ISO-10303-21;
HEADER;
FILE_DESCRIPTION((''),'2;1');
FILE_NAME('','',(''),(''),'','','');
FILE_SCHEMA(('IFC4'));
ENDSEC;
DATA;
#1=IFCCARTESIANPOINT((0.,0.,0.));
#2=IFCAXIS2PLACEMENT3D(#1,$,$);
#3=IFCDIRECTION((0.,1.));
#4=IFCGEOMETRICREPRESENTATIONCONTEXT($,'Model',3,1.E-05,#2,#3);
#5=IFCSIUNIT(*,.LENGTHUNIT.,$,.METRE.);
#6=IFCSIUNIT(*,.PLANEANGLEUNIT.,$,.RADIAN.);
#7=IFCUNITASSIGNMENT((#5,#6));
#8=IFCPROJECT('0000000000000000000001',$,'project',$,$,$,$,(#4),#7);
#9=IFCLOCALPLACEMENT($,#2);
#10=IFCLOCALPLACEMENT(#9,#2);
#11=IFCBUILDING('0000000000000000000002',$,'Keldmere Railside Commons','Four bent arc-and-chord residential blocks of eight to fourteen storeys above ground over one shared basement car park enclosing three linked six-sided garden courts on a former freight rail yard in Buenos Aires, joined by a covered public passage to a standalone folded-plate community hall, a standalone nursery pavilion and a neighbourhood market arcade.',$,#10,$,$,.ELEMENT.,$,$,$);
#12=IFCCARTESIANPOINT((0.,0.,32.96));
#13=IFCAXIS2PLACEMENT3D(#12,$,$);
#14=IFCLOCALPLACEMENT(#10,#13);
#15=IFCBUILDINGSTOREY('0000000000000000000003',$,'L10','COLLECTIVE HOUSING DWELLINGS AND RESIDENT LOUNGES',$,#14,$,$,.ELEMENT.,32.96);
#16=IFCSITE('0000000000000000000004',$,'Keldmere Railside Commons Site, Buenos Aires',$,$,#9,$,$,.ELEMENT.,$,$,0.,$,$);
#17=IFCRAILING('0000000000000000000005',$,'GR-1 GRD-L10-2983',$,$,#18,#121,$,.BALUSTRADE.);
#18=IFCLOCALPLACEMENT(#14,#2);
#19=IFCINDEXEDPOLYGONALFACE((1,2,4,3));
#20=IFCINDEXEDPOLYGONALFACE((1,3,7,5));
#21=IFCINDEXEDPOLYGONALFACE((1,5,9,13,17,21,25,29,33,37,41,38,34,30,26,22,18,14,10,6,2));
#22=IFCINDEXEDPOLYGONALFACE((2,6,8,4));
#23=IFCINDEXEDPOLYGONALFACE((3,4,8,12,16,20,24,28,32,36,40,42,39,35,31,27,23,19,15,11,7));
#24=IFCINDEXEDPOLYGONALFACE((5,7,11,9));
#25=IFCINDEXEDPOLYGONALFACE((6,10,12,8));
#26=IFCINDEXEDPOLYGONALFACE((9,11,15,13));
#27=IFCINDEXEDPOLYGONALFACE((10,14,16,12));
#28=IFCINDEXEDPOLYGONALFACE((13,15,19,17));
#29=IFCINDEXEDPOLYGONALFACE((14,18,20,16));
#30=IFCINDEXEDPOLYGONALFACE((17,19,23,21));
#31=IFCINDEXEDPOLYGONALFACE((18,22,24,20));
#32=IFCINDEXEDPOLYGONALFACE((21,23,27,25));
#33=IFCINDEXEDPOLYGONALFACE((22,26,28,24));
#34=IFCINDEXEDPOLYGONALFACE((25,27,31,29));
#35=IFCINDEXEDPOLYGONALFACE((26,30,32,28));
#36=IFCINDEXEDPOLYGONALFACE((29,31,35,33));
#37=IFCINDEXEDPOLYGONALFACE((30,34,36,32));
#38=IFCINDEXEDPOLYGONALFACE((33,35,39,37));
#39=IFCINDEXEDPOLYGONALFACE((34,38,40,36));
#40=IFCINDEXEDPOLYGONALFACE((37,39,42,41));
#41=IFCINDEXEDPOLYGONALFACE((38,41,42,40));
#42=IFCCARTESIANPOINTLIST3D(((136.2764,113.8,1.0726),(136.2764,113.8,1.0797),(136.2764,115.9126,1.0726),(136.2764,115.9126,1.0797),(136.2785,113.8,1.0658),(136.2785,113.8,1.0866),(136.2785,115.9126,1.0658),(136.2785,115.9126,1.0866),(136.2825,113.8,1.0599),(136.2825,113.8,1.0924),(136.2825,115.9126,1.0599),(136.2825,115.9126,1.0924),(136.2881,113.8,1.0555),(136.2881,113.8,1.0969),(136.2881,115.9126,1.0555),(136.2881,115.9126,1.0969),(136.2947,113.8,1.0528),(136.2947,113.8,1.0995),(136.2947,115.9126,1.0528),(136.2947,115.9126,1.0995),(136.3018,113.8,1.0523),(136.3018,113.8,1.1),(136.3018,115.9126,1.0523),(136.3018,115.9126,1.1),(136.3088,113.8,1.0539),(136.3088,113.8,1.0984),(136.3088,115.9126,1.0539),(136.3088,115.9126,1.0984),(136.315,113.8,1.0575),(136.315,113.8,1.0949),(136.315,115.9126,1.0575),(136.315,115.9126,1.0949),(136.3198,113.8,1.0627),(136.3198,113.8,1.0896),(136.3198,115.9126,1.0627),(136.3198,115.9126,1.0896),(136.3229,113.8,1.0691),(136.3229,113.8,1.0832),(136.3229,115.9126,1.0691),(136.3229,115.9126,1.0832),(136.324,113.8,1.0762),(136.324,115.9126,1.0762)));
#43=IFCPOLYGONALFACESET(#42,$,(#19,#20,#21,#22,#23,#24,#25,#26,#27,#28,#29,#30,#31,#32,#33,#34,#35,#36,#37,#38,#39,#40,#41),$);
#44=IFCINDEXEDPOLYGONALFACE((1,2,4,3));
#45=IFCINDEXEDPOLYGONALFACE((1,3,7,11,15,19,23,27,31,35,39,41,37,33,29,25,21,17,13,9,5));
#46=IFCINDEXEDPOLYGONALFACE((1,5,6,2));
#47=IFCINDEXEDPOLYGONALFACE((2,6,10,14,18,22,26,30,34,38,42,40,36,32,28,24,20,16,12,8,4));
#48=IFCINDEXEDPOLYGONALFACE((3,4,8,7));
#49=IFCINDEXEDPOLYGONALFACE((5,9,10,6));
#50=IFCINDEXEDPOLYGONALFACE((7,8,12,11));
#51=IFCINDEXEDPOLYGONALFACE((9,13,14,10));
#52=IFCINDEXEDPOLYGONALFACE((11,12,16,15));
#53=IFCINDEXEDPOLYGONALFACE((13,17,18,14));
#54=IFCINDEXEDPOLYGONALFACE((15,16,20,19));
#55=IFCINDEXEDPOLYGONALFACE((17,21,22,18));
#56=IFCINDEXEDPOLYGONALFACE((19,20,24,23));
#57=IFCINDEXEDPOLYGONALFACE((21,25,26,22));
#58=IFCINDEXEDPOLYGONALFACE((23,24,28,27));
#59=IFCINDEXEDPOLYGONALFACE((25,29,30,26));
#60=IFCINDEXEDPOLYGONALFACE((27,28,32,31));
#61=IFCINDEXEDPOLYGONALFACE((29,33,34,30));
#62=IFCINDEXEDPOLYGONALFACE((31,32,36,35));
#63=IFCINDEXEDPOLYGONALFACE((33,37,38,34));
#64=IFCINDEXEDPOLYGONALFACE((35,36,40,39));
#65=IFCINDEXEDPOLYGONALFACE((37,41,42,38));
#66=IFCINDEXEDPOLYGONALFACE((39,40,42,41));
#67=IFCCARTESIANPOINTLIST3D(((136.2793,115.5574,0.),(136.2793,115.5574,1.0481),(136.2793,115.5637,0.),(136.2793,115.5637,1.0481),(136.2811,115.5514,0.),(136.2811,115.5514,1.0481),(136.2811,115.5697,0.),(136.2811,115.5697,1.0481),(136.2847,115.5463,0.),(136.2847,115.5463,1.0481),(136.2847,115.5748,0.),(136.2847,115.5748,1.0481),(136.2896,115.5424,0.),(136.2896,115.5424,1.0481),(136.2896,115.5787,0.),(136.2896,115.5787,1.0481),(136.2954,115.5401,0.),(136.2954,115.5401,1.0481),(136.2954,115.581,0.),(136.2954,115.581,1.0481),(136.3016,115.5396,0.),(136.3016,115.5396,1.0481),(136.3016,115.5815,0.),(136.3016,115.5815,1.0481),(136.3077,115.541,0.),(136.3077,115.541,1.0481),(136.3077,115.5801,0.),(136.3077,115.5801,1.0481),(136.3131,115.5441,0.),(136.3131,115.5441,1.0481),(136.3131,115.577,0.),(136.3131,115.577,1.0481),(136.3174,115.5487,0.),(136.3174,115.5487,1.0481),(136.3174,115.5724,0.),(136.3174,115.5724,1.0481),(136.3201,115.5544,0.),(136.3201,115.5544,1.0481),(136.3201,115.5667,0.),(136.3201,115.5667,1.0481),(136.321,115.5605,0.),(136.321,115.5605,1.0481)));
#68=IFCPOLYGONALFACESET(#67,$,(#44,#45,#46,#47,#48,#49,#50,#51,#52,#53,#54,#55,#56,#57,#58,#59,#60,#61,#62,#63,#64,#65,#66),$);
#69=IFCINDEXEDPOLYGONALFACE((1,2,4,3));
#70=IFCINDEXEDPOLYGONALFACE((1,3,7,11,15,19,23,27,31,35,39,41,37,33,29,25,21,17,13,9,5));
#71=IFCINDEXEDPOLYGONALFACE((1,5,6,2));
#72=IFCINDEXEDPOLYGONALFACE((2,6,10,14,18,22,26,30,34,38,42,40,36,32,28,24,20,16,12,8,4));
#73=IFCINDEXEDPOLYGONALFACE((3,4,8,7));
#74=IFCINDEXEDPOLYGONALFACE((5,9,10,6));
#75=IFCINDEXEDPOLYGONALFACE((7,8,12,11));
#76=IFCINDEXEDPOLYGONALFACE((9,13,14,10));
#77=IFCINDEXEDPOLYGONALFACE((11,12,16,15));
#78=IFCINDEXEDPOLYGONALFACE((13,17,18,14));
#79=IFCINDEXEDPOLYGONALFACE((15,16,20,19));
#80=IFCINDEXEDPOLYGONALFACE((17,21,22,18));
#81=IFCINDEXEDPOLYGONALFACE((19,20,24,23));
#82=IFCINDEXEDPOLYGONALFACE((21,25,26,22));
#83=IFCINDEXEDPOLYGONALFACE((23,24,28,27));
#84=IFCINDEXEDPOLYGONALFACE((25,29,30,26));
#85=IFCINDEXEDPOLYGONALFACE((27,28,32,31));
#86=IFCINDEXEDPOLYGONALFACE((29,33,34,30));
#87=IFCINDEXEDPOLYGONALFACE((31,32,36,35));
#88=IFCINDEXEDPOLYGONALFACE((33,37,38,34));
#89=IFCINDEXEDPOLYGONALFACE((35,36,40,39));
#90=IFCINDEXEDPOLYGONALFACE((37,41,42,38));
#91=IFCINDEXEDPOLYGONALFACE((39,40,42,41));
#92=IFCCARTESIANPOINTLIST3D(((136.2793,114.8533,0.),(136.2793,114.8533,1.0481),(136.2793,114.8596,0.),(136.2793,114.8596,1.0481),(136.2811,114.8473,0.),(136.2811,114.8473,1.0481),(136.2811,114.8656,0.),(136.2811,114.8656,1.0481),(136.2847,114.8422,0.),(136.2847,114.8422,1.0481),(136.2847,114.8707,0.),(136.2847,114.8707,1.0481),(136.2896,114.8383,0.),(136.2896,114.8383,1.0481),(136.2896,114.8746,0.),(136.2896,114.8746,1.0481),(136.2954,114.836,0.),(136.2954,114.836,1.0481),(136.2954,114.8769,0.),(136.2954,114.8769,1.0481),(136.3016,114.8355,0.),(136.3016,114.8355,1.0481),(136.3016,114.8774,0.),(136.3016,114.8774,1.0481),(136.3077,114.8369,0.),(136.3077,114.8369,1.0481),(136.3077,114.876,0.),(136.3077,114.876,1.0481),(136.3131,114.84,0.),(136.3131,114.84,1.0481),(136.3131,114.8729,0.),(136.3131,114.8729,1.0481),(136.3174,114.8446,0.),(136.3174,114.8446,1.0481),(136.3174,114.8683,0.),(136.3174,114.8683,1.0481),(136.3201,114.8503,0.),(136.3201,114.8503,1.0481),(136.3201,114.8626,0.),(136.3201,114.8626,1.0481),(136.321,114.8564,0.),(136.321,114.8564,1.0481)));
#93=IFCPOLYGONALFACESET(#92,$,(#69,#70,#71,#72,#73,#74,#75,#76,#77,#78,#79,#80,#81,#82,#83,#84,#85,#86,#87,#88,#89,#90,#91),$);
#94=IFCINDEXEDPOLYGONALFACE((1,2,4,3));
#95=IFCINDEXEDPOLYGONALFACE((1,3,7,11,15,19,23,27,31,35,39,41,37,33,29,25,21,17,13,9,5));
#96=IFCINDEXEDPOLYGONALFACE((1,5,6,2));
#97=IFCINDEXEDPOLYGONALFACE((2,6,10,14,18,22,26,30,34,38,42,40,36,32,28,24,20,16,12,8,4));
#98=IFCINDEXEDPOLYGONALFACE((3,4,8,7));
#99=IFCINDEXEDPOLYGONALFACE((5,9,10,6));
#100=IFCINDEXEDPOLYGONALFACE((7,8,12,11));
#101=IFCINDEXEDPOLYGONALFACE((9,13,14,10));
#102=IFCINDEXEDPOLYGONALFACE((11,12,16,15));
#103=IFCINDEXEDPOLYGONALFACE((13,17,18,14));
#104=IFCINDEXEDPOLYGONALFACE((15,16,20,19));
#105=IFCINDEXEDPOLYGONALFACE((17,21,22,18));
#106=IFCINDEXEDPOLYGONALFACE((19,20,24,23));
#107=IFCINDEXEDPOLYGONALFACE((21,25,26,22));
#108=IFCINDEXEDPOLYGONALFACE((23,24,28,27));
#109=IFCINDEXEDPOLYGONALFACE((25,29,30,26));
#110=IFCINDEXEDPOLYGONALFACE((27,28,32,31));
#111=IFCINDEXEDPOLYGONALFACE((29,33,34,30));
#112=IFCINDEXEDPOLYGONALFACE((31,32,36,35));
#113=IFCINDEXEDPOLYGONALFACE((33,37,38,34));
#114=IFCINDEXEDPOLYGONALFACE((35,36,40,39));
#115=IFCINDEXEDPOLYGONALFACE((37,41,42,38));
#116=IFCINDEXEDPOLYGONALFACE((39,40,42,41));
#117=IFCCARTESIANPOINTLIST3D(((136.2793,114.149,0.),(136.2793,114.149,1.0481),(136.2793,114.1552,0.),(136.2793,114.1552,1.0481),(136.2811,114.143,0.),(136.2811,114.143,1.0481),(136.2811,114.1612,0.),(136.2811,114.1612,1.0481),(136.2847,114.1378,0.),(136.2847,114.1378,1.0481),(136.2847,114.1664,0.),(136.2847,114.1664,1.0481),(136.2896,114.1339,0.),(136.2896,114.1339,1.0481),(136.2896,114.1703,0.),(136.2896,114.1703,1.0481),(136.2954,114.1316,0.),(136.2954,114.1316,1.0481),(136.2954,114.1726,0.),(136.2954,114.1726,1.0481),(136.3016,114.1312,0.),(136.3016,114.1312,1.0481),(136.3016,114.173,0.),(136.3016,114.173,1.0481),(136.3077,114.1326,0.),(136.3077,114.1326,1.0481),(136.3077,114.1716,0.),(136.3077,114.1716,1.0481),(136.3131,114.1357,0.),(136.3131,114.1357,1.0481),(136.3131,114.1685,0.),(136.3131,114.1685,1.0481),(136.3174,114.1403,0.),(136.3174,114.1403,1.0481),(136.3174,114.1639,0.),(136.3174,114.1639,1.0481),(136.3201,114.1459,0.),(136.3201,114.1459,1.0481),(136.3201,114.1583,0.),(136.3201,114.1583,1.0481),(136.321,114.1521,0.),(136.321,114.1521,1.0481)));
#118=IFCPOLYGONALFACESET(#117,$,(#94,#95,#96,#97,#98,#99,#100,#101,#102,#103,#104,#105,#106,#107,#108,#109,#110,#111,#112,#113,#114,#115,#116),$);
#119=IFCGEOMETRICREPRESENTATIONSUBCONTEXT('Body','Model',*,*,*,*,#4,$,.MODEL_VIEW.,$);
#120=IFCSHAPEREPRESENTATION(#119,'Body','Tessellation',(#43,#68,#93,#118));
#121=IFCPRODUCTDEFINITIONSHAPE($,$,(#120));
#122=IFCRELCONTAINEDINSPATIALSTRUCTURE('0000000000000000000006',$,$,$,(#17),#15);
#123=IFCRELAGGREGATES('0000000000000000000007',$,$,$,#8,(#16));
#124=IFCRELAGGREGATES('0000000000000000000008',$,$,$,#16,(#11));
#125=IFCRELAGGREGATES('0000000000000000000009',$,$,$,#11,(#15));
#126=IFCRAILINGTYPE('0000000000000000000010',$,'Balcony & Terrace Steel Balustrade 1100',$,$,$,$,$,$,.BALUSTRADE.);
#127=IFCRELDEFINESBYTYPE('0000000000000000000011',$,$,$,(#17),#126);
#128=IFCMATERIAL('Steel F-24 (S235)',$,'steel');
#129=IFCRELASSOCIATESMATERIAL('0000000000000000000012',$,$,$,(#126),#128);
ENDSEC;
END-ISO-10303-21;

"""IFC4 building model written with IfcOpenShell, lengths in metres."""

from ifc_helpers import new_model, si_unit, direction, frame, origin, origin_2d, place, context, subcontext, project, spatial, circle, extrude, material, type_object, element, save


model = new_model("IFC4")

# Units and contexts
model_context = context("Model", 3, precision=1e-05, world=origin(), true_north=direction((0.0, 1.0)))
body_context = subcontext(model_context, "Body", "Model", "MODEL_VIEW")
ifc_project = project(units=[si_unit("LENGTHUNIT", "METRE"), si_unit("PLANEANGLEUNIT", "RADIAN")], contexts=[model_context])

# Site, building, storey
site_placement = place(None, origin())
site = spatial("IfcSite", under=ifc_project, at=site_placement, Name="Keldmere Railside Commons Site, Buenos Aires", CompositionType="ELEMENT", RefElevation=0.0)
building_placement = place(site_placement, origin())
building = spatial("IfcBuilding", under=site, at=building_placement, Name="Keldmere Railside Commons", Description="Four bent arc-and-chord residential blocks of eight to fourteen storeys above ground over one shared basement car park enclosing three linked six-sided garden courts on a former freight rail yard in Buenos Aires, joined by a covered public passage to a standalone folded-plate community hall, a standalone nursery pavilion and a neighbourhood market arcade.", CompositionType="ELEMENT")
storey_placement = place(building_placement, frame((0.0, 0.0, 32.96)))
storey = spatial("IfcBuildingStorey", under=building, at=storey_placement, Name="L10", Description="COLLECTIVE HOUSING DWELLINGS AND RESIDENT LOUNGES", CompositionType="ELEMENT", Elevation=32.96)

# Railing
ifc_material_1 = material(Name="Steel F-24 (S235)", Category="steel")
railing_type_1 = type_object("IfcRailingType", Name="Balcony & Terrace Steel Balustrade 1100", PredefinedType="BALUSTRADE", material=ifc_material_1)
railing_1_placement = place(storey_placement, frame((136.3, 115.9126, 0.0)))
element("IfcRailing", 1, at=railing_1_placement, inside=storey, type_object=railing_type_1, Name="GR-1 GRD-L10-2983", PredefinedType="BALUSTRADE", context=body_context, shape_type="SweptSolid", body=[
    extrude(circle(Radius=0.0239, at=origin_2d()), frame((0.0, 0.0, 1.0762), z_axis=(0.0, -1.0, 0.0), x_axis=(1.0, 0.0, 0.0)), (0.0, 0.0, 1.0), 2.1125),
    extrude(circle(Radius=0.021, at=origin_2d()), frame((0.0, -0.3521, 0.0)), (0.0, 0.0, 1.0), 1.0481),
    extrude(circle(Radius=0.021, at=origin_2d()), frame((0.0, -1.0562, 0.0)), (0.0, 0.0, 1.0), 1.0481),
    extrude(circle(Radius=0.021, at=origin_2d()), frame((0.0, -1.7605, 0.0)), (0.0, 0.0, 1.0), 1.0481),
])

save(model, "model.ifc")
